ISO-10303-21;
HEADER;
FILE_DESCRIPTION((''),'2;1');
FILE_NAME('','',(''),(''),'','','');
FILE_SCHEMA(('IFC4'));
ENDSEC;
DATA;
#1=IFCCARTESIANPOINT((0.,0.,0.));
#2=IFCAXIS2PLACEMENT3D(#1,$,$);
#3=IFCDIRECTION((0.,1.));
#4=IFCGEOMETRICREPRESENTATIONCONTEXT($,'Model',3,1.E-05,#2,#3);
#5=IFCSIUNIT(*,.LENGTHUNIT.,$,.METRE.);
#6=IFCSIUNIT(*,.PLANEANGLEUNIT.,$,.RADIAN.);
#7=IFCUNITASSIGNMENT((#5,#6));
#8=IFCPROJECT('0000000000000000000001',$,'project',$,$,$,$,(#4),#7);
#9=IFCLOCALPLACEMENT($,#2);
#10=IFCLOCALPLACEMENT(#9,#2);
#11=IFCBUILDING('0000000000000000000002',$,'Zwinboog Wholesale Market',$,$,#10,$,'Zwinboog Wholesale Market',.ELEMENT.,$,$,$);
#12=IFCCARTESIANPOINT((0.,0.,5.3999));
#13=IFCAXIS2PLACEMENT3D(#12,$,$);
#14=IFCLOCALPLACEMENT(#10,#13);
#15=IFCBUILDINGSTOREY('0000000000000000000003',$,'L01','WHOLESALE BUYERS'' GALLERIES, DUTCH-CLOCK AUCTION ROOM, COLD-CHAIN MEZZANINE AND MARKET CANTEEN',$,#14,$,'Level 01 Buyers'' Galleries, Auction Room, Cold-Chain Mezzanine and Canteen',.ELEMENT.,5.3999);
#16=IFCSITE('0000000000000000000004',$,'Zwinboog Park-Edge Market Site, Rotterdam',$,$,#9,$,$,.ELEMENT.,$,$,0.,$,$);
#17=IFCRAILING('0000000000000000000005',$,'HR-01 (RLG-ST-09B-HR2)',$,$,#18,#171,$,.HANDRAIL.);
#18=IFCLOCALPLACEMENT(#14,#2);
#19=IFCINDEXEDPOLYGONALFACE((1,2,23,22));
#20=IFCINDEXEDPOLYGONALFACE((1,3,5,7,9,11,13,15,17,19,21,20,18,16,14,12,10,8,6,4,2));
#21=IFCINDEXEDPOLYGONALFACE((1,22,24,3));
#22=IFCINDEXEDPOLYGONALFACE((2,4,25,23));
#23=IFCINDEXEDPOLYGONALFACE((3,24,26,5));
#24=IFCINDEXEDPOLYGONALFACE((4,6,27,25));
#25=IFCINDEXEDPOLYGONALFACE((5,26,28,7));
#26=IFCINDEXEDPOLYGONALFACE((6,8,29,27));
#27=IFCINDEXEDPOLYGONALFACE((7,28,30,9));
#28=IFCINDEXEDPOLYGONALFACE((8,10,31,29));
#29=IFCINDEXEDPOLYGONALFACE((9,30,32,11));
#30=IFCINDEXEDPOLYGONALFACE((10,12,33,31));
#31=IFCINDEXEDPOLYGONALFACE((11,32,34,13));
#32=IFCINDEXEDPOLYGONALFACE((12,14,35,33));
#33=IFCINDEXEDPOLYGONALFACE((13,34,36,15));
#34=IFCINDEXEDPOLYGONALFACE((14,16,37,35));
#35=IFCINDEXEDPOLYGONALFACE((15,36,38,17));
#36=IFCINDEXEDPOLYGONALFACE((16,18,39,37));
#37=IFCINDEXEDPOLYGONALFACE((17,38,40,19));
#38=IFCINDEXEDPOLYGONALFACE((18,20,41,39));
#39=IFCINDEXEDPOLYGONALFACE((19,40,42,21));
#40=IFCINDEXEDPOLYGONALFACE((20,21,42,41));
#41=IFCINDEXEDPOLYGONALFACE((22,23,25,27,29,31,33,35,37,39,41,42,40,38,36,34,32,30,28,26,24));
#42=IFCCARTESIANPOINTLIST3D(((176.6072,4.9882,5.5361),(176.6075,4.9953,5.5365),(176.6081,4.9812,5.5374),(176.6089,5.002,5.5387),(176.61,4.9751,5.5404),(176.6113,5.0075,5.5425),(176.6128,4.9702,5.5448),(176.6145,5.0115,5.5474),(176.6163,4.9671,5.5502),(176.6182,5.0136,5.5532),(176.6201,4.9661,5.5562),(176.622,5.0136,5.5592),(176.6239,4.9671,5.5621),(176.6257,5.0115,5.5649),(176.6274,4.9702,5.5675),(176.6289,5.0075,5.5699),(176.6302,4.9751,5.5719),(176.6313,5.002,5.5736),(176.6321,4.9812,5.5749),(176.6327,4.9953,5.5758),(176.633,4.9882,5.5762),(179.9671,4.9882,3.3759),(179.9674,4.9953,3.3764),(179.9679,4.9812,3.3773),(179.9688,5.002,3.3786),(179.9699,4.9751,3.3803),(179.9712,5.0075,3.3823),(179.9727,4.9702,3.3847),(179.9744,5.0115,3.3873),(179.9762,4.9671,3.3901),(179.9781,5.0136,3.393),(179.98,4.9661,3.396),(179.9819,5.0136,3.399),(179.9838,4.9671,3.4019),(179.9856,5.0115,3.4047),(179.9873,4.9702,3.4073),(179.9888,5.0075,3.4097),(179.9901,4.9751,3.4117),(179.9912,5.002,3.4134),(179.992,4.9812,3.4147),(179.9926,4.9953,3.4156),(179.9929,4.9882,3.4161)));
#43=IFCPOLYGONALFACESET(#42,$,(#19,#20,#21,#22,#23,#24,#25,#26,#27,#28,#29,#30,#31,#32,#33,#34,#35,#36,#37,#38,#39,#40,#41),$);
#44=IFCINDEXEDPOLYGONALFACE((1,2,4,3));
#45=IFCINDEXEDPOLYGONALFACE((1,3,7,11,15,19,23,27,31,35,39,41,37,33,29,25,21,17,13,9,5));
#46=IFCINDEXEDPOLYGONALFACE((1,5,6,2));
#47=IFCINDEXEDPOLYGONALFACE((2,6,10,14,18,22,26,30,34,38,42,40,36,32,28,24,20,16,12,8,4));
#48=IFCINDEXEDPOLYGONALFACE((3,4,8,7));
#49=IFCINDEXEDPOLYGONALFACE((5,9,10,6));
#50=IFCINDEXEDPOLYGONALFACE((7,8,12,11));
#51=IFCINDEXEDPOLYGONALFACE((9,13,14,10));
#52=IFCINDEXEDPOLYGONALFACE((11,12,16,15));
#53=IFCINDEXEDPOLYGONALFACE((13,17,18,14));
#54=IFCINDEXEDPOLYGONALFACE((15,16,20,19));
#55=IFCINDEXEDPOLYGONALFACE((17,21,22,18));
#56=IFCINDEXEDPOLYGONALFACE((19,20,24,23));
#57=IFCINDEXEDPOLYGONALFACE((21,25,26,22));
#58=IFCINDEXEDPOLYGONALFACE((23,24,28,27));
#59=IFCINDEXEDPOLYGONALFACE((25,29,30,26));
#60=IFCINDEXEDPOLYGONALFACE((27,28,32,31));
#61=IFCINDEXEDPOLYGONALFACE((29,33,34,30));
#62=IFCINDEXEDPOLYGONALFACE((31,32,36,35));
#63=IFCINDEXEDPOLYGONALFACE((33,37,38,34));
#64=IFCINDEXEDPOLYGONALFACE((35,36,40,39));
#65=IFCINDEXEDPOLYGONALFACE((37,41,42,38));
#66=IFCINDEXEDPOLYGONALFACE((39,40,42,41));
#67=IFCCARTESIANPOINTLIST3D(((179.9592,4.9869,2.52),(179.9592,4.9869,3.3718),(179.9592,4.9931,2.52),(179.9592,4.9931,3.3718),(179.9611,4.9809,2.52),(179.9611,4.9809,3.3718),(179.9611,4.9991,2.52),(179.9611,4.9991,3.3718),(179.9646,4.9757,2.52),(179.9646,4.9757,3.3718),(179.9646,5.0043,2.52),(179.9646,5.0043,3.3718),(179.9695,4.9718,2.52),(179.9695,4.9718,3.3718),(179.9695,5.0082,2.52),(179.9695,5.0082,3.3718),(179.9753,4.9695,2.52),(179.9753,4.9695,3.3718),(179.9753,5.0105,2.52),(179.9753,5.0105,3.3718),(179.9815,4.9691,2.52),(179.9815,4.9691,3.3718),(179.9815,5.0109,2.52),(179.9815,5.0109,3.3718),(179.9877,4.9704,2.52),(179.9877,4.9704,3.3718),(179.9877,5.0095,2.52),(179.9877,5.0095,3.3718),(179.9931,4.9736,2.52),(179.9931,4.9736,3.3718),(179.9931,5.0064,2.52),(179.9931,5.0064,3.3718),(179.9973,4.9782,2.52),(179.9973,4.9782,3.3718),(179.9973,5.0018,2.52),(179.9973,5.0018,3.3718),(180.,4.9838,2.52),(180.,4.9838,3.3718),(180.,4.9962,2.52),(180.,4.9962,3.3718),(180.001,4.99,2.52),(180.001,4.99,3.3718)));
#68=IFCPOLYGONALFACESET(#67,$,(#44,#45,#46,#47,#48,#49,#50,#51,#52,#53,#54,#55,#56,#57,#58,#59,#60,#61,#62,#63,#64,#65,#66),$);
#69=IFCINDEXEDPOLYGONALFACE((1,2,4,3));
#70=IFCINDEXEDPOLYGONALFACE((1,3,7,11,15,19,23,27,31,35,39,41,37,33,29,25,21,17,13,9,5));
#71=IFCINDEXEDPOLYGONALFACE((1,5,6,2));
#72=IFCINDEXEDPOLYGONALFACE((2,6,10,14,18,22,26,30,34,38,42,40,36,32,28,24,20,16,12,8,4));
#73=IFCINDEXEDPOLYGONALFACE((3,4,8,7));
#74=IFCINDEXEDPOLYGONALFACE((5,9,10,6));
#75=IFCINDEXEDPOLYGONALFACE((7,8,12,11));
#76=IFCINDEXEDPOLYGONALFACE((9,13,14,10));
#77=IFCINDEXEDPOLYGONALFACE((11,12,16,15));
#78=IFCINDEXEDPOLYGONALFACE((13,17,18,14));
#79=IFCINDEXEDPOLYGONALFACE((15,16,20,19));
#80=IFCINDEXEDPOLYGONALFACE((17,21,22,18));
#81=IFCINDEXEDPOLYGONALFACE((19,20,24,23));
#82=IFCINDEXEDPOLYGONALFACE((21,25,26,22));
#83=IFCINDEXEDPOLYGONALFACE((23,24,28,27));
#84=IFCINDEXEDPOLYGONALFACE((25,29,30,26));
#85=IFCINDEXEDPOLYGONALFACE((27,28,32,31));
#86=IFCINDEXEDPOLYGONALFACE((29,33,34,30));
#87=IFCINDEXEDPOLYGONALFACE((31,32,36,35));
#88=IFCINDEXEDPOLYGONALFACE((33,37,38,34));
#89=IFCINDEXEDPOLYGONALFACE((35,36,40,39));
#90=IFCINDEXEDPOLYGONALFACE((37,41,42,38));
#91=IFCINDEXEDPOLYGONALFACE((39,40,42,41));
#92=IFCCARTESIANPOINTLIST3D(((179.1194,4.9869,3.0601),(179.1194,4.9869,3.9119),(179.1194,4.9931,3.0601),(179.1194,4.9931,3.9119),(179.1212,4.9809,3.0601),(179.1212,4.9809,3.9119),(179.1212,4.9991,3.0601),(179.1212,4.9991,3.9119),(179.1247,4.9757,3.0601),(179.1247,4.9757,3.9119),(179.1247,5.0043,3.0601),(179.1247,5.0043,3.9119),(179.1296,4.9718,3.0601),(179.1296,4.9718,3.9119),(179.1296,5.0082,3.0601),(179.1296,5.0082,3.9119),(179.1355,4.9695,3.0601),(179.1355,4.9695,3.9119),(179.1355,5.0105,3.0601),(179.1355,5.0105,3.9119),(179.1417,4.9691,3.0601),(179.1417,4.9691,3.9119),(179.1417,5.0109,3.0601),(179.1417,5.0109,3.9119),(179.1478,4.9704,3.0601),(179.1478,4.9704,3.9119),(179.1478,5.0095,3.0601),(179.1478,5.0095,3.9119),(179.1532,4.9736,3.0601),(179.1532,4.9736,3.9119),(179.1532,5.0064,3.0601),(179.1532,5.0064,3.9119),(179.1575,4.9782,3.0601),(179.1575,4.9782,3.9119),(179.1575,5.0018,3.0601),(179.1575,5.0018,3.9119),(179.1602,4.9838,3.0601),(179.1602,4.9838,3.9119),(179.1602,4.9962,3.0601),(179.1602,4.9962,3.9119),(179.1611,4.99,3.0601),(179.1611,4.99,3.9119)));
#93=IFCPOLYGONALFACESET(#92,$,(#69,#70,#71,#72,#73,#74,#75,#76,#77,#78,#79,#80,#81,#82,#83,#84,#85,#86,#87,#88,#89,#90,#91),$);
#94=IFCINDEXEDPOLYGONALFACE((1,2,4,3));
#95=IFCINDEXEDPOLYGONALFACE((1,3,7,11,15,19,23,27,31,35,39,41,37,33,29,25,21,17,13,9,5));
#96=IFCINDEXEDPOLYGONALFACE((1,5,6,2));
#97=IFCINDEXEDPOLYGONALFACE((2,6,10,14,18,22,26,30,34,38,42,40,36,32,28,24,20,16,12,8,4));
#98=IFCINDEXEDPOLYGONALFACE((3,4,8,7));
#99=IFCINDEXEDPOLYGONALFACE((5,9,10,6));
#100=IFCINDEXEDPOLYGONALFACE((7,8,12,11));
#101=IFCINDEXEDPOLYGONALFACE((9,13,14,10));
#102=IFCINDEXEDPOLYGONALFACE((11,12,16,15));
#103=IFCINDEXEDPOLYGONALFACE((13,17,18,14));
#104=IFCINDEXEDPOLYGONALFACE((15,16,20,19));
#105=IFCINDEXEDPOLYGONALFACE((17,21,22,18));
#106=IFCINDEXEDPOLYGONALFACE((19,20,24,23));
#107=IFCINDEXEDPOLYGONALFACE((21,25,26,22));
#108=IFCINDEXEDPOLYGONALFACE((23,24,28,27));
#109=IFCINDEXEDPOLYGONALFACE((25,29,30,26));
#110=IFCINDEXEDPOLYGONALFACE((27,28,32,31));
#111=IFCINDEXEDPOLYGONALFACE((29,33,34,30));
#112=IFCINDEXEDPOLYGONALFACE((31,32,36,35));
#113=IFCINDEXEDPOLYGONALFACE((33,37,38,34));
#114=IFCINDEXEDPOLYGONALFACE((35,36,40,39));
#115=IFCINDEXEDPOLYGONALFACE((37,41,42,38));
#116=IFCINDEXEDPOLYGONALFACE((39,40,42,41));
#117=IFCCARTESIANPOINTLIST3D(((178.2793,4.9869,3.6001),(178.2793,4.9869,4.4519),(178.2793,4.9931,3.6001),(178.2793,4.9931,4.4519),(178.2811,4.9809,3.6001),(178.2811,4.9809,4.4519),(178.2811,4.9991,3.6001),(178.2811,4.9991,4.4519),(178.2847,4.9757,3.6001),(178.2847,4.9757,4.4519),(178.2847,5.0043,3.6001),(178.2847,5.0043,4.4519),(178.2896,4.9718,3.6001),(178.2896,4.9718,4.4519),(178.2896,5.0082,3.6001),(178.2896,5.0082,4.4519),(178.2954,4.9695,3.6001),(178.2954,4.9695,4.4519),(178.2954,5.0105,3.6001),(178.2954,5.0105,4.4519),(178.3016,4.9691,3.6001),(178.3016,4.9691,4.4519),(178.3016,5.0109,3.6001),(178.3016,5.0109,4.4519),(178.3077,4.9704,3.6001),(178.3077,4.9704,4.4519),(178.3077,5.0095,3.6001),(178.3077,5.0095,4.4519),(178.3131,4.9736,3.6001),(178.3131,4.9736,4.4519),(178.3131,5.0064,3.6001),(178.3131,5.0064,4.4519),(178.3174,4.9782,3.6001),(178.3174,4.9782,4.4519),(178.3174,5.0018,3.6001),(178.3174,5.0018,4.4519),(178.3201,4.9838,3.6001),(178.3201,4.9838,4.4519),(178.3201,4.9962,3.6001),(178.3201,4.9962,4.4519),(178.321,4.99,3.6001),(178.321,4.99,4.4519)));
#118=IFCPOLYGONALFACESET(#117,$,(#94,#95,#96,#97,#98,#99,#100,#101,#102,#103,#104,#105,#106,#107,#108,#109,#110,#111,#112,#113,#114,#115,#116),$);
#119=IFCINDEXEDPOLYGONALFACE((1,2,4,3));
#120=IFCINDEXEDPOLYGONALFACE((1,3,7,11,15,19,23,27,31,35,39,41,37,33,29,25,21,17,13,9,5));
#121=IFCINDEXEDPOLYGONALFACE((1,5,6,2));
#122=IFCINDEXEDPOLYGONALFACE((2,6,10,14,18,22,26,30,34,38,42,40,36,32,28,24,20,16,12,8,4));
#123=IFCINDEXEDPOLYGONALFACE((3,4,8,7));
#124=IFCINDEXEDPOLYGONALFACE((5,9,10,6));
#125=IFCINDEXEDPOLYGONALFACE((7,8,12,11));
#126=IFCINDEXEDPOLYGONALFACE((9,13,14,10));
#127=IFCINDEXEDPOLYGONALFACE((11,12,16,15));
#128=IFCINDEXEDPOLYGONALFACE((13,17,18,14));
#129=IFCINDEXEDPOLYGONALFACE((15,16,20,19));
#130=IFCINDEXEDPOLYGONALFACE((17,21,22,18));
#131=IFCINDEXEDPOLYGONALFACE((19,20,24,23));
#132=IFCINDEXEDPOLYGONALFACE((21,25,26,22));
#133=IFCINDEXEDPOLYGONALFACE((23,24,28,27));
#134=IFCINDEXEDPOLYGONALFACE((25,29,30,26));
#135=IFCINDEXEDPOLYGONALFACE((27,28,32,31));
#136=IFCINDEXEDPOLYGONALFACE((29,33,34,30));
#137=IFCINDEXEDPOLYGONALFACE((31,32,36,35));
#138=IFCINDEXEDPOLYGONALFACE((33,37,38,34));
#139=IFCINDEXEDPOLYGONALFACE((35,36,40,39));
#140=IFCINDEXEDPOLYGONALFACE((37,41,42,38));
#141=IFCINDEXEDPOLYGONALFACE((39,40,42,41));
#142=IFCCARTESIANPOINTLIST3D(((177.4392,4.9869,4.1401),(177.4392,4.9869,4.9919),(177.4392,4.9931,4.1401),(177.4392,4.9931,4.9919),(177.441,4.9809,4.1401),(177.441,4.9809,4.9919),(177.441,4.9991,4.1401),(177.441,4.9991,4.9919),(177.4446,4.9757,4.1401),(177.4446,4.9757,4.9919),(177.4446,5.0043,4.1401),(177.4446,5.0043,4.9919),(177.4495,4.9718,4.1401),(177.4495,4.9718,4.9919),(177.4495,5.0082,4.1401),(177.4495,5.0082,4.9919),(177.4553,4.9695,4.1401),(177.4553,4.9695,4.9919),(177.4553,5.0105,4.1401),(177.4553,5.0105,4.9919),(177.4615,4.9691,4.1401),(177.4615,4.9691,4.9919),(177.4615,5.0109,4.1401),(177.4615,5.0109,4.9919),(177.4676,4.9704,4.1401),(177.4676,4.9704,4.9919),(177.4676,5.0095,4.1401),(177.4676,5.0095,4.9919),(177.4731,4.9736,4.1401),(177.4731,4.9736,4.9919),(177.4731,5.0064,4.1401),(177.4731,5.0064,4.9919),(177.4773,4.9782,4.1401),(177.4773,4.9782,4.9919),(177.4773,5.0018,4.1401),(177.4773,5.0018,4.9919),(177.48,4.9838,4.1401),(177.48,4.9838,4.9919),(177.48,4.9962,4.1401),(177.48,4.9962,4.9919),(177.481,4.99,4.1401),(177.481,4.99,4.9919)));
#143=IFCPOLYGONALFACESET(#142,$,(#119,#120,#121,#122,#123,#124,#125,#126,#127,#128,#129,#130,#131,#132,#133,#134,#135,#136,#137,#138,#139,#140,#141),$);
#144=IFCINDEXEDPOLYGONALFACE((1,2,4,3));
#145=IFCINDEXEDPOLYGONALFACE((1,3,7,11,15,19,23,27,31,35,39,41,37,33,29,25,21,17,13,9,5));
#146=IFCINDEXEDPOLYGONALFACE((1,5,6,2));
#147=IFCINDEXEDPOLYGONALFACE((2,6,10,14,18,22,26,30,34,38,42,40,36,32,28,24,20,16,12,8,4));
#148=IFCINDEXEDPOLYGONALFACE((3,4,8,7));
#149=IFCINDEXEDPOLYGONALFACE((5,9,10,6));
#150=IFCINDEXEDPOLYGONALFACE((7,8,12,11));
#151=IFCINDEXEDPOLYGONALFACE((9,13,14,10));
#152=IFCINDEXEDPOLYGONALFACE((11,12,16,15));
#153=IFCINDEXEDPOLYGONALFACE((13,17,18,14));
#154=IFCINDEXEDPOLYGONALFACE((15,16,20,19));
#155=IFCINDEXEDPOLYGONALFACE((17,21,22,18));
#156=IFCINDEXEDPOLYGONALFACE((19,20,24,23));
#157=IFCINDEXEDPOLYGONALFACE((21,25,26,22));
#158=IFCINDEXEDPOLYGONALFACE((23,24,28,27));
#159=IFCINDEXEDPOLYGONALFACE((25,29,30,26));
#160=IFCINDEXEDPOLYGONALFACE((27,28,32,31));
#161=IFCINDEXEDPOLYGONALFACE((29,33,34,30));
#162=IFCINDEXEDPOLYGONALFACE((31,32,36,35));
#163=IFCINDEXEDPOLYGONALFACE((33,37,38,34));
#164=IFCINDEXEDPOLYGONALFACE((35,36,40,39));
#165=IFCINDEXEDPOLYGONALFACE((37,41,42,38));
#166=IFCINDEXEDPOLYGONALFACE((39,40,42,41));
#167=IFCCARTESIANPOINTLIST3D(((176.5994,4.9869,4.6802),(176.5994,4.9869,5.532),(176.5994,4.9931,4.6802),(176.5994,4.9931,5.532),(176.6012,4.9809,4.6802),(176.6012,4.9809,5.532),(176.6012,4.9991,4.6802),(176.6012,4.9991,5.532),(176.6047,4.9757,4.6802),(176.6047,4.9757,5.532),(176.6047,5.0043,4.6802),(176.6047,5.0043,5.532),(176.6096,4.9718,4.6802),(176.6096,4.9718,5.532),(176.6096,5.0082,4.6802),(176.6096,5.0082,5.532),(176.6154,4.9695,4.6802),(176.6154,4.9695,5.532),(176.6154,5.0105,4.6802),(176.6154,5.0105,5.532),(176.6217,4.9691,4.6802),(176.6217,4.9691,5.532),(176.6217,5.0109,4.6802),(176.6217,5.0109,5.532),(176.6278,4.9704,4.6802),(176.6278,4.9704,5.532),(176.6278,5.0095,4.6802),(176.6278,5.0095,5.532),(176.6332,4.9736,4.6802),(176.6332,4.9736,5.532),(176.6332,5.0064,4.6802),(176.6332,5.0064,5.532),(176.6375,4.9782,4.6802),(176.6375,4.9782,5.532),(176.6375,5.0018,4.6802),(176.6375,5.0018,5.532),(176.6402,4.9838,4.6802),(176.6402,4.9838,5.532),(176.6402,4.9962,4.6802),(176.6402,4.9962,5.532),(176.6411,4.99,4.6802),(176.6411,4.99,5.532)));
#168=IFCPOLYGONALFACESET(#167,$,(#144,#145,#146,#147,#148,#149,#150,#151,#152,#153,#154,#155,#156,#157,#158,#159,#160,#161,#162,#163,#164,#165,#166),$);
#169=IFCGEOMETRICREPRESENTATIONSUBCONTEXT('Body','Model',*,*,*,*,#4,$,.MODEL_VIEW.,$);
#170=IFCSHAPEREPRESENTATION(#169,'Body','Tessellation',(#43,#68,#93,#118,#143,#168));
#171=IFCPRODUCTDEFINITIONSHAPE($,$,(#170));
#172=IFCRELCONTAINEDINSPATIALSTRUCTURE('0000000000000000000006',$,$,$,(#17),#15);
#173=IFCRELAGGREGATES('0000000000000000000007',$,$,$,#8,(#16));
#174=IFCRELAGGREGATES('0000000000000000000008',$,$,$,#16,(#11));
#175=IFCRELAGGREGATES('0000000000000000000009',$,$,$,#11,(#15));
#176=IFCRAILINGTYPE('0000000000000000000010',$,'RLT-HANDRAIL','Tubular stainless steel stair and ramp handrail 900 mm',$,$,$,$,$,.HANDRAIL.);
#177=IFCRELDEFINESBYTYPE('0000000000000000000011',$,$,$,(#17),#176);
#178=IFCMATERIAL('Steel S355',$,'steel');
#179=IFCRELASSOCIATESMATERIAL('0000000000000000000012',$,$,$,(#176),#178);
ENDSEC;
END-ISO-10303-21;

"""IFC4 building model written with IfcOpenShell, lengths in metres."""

from ifc_helpers import new_model, si_unit, direction, frame, origin, origin_2d, place, context, subcontext, project, spatial, circle, extrude, material, type_object, element, save


model = new_model("IFC4")

# Units and contexts
model_context = context("Model", 3, precision=1e-05, world=origin(), true_north=direction((0.0, 1.0)))
body_context = subcontext(model_context, "Body", "Model", "MODEL_VIEW")
ifc_project = project(units=[si_unit("LENGTHUNIT", "METRE"), si_unit("PLANEANGLEUNIT", "RADIAN")], contexts=[model_context])

# Site, building, storey
site_placement = place(None, origin())
site = spatial("IfcSite", under=ifc_project, at=site_placement, Name="Zwinboog Park-Edge Market Site, Rotterdam", CompositionType="ELEMENT", RefElevation=0.0)
building_placement = place(site_placement, origin())
building = spatial("IfcBuilding", under=site, at=building_placement, Name="Zwinboog Wholesale Market", LongName="Zwinboog Wholesale Market", CompositionType="ELEMENT")
storey_placement = place(building_placement, frame((0.0, 0.0, 5.3999)))
storey = spatial("IfcBuildingStorey", under=building, at=storey_placement, Name="L01", Description="WHOLESALE BUYERS' GALLERIES, DUTCH-CLOCK AUCTION ROOM, COLD-CHAIN MEZZANINE AND MARKET CANTEEN", LongName="Level 01 Buyers' Galleries, Auction Room, Cold-Chain Mezzanine and Canteen", CompositionType="ELEMENT", Elevation=5.3999)

# Shared definitions
ifc_material_1 = material(Name="Steel S355", Category="steel")

# Railing
railing_type_1 = type_object("IfcRailingType", Name="RLT-HANDRAIL", Description="Tubular stainless steel stair and ramp handrail 900 mm", PredefinedType="HANDRAIL", material=ifc_material_1)
railing_1_placement = place(storey_placement, frame((179.98, 4.99, 2.52)))
element("IfcRailing", 1, at=railing_1_placement, inside=storey, type_object=railing_type_1, Name="HR-01 (RLG-ST-09B-HR2)", PredefinedType="HANDRAIL", context=body_context, shape_type="SweptSolid", body=[
    extrude(circle(Radius=0.0239, at=origin_2d()), frame((0.0, 0.0, 0.876), z_axis=(-0.841151, 0.0, 0.540801), x_axis=(0.0, -1.0, 0.0)), (0.0, 0.0, 1.0), 3.9944),
    extrude(circle(Radius=0.021, at=origin_2d()), origin(), (0.0, 0.0, 1.0), 0.8518),
    extrude(circle(Radius=0.021, at=origin_2d()), frame((-0.8398, 0.0, 0.54)), (0.0, 0.0, 1.0), 0.8518),
    extrude(circle(Radius=0.021, at=origin_2d()), frame((-1.6799, 0.0, 1.0801)), (0.0, 0.0, 1.0), 0.8518),
    extrude(circle(Radius=0.021, at=origin_2d()), frame((-2.52, 0.0, 1.6201)), (0.0, 0.0, 1.0), 0.8518),
    extrude(circle(Radius=0.021, at=origin_2d()), frame((-3.3599, 0.0, 2.1602)), (0.0, 0.0, 1.0), 0.8518),
])

save(model, "model.ifc")
